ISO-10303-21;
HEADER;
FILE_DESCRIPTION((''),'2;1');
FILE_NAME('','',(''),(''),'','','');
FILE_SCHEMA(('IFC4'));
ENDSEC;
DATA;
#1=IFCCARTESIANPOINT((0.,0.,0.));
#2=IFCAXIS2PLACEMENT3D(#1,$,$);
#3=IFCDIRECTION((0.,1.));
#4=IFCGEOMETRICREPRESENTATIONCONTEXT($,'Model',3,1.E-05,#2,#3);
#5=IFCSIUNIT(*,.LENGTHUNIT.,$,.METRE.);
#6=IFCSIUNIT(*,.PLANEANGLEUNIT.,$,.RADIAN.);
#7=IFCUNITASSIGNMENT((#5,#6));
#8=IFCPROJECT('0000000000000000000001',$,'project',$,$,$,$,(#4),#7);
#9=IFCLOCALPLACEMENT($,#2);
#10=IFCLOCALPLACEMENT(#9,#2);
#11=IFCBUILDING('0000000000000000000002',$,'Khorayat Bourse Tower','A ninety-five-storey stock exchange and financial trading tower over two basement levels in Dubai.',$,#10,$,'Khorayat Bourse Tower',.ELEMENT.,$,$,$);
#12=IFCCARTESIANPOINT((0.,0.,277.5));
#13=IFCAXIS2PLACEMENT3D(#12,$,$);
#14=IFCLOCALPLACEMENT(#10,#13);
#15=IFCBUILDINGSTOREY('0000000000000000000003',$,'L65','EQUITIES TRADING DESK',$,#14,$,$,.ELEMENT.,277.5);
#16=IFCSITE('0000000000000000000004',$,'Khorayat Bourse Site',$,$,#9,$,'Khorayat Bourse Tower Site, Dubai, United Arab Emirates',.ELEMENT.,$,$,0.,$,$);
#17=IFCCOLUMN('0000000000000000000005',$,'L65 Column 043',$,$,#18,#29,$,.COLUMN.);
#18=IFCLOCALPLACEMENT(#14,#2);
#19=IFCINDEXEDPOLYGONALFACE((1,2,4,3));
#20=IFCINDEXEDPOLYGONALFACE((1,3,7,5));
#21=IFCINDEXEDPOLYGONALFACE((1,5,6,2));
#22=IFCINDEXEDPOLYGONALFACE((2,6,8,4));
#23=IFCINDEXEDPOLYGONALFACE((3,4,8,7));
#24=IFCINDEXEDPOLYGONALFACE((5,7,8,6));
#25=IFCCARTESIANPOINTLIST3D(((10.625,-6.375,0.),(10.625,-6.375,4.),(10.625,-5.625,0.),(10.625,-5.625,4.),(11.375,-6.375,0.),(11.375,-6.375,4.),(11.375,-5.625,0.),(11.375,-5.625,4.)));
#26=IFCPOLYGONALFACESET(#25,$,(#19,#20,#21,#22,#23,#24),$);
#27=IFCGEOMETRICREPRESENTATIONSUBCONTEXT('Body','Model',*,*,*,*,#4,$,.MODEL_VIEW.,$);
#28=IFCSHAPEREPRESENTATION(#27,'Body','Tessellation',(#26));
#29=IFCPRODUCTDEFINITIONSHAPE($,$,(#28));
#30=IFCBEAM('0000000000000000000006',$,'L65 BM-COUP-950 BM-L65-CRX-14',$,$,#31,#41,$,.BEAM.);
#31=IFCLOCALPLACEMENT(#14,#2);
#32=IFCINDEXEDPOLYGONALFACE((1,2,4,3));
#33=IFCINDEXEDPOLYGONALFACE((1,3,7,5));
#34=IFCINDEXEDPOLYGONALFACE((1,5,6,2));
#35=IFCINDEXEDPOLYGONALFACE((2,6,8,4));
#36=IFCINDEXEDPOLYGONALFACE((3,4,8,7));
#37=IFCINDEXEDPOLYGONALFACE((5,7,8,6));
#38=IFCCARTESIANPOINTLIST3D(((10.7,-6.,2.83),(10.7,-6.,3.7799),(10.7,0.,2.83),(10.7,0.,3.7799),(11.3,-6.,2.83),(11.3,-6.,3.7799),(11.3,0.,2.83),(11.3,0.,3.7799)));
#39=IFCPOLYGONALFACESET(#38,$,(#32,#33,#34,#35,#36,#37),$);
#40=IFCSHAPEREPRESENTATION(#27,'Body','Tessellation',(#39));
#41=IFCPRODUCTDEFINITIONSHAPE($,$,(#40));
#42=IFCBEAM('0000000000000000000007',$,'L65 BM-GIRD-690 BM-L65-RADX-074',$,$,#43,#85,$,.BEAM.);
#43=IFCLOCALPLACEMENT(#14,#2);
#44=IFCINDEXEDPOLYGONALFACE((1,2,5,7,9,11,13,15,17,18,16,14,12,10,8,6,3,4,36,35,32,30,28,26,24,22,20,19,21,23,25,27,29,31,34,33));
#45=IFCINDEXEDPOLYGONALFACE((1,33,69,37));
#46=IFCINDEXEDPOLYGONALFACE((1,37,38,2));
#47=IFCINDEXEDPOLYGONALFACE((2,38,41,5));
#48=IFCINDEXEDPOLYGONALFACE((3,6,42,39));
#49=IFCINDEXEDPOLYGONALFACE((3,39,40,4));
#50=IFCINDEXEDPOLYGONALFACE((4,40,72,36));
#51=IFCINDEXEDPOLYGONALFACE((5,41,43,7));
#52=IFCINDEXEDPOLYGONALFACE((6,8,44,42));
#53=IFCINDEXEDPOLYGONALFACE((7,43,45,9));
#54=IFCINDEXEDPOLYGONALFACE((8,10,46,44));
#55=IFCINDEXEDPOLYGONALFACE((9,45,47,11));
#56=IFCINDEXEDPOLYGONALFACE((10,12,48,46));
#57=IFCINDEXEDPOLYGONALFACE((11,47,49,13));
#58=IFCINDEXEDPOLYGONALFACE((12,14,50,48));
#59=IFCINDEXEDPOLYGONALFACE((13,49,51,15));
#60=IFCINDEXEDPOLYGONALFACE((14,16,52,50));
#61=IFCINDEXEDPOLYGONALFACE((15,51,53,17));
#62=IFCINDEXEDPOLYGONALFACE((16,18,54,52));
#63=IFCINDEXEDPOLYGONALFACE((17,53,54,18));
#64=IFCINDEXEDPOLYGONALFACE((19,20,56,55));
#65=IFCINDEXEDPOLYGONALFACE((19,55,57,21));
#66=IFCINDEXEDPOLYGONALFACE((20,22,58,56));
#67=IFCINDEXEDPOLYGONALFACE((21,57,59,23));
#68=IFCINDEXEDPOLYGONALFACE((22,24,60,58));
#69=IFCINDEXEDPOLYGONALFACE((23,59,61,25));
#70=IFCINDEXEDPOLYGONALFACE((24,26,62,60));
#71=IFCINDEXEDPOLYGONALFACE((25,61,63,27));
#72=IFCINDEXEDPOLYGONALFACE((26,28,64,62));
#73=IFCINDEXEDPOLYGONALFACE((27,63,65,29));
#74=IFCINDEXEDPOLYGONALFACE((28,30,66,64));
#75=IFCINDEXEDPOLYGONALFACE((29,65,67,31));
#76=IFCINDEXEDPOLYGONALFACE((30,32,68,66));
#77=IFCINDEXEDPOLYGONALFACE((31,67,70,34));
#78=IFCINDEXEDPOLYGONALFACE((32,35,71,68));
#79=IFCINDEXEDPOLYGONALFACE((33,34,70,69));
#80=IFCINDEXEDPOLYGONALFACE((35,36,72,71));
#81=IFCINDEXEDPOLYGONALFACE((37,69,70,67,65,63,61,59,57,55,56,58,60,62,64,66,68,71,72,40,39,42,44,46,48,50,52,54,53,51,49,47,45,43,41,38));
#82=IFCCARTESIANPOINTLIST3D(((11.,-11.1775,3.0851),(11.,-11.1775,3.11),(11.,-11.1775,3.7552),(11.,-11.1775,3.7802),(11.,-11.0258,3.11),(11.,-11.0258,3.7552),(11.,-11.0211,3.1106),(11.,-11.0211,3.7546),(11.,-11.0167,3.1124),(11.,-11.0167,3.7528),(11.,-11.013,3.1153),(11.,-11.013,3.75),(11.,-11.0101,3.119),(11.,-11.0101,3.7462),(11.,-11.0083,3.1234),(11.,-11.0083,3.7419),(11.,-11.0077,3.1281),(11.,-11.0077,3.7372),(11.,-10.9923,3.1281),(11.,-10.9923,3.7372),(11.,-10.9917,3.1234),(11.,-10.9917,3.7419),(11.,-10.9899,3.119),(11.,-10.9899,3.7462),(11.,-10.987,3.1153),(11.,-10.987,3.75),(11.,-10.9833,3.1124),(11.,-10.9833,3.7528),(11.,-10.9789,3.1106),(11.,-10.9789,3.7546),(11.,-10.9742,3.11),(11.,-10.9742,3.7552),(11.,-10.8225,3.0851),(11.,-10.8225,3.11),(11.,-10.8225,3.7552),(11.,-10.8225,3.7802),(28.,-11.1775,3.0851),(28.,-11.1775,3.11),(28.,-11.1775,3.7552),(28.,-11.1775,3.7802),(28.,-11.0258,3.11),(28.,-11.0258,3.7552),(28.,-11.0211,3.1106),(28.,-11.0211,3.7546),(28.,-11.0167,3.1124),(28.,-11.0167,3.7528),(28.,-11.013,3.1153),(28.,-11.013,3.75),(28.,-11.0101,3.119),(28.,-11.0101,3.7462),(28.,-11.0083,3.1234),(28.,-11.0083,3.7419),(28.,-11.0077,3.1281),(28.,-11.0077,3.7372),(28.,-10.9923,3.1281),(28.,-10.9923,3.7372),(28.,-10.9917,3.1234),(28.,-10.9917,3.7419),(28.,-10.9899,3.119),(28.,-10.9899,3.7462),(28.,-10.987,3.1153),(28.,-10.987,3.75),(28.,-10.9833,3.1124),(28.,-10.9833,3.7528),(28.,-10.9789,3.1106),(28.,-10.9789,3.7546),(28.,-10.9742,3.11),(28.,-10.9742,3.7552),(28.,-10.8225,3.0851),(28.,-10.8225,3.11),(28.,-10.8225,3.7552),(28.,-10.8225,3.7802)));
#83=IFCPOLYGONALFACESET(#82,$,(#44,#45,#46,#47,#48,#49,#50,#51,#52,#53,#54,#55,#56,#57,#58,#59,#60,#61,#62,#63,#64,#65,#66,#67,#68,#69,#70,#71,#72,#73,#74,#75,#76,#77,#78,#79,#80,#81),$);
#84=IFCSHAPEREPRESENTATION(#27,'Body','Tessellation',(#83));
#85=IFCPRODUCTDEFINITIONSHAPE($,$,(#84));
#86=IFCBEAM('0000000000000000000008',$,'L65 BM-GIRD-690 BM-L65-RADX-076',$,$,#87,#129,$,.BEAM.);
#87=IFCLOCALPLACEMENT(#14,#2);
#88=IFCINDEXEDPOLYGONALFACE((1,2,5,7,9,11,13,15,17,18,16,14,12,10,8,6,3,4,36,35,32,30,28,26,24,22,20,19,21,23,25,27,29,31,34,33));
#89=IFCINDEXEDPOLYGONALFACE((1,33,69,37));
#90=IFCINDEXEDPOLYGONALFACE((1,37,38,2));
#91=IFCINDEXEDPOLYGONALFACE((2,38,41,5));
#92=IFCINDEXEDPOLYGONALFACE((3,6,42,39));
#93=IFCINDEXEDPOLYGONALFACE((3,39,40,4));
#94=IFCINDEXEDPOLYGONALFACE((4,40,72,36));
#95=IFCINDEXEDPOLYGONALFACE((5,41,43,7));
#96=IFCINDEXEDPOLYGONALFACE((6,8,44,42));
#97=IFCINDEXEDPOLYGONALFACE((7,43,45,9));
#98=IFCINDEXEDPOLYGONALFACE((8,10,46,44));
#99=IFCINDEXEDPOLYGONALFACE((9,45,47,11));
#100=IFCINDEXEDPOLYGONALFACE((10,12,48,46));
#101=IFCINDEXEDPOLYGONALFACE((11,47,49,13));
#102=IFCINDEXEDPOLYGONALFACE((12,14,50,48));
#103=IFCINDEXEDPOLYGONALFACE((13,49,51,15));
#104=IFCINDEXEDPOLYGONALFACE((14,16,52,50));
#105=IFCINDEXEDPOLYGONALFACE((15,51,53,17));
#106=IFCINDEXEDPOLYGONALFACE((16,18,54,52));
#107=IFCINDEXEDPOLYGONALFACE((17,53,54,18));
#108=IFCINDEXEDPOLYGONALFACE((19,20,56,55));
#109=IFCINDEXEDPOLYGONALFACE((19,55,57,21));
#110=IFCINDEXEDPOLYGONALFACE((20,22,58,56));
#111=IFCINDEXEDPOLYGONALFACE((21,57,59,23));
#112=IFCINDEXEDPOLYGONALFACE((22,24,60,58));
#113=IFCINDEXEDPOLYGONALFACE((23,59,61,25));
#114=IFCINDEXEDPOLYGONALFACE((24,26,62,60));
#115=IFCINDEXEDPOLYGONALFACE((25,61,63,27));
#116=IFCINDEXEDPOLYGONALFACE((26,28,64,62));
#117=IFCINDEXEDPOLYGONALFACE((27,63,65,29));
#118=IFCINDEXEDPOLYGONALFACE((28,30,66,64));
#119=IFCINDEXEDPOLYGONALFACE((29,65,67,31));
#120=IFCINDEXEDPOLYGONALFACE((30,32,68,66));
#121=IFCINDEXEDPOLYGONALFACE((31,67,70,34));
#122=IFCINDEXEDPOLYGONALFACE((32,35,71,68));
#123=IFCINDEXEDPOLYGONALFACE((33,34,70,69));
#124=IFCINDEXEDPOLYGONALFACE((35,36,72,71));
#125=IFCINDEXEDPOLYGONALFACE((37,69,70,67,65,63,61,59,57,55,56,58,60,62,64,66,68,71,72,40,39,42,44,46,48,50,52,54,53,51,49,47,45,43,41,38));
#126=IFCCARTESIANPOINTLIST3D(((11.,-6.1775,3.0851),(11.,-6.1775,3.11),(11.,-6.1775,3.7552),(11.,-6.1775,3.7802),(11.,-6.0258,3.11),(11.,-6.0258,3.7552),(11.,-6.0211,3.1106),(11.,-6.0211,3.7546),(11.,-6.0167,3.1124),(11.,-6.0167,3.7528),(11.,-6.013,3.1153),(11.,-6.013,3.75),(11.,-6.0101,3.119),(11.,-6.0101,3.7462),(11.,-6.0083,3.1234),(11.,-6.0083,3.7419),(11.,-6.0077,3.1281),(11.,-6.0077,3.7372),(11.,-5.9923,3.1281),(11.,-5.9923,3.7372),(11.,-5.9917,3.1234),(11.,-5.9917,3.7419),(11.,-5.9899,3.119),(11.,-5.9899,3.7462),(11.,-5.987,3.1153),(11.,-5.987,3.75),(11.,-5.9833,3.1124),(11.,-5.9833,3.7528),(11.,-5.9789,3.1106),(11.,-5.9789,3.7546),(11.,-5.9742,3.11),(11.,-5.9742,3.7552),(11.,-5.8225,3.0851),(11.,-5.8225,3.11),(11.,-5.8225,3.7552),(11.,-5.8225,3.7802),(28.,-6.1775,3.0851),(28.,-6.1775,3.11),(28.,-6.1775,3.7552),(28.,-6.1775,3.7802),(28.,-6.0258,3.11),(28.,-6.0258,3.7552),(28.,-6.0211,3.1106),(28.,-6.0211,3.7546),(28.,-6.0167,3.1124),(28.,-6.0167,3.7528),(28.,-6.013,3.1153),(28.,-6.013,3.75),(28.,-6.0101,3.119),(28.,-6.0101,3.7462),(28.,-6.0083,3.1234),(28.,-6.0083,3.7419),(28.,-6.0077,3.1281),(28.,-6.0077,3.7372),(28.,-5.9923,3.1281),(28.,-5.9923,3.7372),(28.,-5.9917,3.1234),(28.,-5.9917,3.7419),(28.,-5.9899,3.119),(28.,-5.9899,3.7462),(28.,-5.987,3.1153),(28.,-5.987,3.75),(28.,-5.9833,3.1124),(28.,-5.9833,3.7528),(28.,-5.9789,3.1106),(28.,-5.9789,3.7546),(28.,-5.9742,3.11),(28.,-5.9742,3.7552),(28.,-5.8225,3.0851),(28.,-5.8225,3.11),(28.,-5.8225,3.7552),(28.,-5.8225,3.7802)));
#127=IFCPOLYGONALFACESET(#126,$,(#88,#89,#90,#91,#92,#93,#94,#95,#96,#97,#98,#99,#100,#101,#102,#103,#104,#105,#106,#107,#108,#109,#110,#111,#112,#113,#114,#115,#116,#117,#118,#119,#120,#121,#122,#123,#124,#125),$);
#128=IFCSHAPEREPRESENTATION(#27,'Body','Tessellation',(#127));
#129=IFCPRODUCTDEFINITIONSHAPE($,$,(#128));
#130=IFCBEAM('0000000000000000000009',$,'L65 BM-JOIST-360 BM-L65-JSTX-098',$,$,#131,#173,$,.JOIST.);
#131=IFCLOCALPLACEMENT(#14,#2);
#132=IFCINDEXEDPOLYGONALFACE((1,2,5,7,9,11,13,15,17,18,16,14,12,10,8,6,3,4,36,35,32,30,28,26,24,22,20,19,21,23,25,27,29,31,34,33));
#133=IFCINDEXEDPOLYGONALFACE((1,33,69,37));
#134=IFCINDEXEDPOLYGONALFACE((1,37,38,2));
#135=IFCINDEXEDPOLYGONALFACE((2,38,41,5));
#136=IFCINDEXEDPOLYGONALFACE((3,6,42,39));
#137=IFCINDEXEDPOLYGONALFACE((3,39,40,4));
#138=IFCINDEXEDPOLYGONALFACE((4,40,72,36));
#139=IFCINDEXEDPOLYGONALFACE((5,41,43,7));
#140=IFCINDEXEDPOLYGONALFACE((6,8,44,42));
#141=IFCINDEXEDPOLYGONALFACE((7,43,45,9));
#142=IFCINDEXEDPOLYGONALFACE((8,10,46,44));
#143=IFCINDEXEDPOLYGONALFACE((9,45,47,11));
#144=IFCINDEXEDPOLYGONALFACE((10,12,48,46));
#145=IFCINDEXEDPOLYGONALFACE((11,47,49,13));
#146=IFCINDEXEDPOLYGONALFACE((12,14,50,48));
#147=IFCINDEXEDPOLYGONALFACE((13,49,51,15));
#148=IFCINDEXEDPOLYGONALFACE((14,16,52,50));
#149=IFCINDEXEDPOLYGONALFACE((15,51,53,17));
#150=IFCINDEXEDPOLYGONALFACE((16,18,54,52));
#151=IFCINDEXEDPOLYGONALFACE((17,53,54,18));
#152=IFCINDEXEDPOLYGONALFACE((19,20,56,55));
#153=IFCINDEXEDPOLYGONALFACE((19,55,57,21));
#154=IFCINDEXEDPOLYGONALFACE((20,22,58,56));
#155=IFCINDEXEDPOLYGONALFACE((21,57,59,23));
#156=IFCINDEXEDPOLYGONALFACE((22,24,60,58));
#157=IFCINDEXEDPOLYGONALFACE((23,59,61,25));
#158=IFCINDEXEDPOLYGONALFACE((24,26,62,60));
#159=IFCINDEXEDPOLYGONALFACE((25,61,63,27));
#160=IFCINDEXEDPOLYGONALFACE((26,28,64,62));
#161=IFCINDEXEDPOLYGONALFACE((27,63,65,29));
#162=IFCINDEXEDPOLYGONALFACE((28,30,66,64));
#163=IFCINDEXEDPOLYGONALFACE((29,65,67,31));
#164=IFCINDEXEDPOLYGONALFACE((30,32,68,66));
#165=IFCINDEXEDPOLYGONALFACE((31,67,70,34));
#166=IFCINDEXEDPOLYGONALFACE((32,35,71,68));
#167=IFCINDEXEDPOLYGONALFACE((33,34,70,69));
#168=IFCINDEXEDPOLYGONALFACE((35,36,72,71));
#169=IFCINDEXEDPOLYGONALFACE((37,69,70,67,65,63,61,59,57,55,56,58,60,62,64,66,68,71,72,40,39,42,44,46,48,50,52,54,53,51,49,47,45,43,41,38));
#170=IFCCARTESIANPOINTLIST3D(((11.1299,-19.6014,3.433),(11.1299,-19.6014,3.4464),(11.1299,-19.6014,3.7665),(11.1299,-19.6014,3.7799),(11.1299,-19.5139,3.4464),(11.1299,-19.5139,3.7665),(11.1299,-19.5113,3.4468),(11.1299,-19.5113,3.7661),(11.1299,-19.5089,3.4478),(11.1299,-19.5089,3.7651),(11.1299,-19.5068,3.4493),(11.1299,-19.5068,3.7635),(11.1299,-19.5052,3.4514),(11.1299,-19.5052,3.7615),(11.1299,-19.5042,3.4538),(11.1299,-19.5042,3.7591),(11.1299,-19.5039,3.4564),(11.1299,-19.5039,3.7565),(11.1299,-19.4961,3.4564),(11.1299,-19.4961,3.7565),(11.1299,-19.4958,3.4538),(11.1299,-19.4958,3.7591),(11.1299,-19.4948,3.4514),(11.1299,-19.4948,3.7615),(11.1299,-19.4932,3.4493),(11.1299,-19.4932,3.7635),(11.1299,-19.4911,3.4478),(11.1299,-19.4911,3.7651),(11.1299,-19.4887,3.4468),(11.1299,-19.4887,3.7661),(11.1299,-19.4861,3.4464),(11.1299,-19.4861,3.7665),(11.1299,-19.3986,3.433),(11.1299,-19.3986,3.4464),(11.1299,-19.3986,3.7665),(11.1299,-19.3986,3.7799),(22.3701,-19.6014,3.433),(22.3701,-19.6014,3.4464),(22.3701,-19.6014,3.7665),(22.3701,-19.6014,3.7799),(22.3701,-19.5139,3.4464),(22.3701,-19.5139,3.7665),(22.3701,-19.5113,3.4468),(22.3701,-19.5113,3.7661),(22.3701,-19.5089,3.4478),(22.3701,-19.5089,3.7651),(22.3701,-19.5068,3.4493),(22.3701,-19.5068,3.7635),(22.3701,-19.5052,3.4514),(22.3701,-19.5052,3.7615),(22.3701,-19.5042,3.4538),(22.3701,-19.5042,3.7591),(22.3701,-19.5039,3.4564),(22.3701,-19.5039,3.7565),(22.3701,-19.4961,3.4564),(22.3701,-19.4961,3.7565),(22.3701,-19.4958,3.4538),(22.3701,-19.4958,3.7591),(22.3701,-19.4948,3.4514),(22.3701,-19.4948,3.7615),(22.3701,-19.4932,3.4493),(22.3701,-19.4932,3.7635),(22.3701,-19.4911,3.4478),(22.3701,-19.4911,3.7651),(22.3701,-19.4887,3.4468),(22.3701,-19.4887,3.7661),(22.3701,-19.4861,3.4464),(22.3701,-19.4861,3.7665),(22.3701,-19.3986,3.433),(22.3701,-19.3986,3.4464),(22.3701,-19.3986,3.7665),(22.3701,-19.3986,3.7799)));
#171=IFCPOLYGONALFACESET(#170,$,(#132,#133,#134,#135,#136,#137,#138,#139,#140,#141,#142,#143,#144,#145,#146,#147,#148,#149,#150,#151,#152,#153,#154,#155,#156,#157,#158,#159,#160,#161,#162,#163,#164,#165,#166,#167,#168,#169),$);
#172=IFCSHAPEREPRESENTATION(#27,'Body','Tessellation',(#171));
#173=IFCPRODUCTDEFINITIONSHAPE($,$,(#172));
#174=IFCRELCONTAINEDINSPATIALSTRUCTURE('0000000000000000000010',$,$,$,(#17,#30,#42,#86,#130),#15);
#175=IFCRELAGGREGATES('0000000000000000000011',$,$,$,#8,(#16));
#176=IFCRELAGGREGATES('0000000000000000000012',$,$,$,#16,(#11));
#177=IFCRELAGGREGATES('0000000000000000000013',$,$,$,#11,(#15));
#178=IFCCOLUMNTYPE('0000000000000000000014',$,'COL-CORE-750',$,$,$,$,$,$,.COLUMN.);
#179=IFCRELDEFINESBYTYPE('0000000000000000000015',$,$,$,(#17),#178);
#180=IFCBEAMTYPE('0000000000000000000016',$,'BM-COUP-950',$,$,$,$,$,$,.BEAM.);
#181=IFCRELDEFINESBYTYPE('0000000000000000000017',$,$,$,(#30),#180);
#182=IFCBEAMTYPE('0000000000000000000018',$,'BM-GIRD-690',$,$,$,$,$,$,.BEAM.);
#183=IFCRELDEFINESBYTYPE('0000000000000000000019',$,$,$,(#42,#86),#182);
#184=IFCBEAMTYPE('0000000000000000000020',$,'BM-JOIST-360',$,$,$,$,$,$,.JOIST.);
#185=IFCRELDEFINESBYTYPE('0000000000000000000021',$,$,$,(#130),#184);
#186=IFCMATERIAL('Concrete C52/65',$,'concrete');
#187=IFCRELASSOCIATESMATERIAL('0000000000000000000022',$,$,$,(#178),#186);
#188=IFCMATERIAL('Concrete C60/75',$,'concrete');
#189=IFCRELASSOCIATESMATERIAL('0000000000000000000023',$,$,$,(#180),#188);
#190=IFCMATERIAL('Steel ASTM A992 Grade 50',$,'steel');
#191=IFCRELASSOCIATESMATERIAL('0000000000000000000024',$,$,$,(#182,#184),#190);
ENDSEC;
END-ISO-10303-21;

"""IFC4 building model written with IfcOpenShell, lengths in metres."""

from ifc_helpers import new_model, si_unit, direction, frame, origin, origin_2d, place, context, subcontext, project, spatial, rectangle, i_section, extrude, source, transform, mapped, material, material_profile, profile_set, type_object, element, save


model = new_model("IFC4")

# Units and contexts
model_context = context("Model", 3, precision=1e-05, world=origin(), true_north=direction((0.0, 1.0)))
body_context = subcontext(model_context, "Body", "Model", "MODEL_VIEW")
ifc_project = project(units=[si_unit("LENGTHUNIT", "METRE"), si_unit("PLANEANGLEUNIT", "RADIAN")], contexts=[model_context])

# Site, building, storey
site_placement = place(None, origin())
site = spatial("IfcSite", under=ifc_project, at=site_placement, Name="Khorayat Bourse Site", LongName="Khorayat Bourse Tower Site, Dubai, United Arab Emirates", CompositionType="ELEMENT", RefElevation=0.0)
building_placement = place(site_placement, origin())
building = spatial("IfcBuilding", under=site, at=building_placement, Name="Khorayat Bourse Tower", Description="A ninety-five-storey stock exchange and financial trading tower over two basement levels in Dubai.", LongName="Khorayat Bourse Tower", CompositionType="ELEMENT")
storey_placement = place(building_placement, frame((0.0, 0.0, 277.5)))
storey = spatial("IfcBuildingStorey", under=building, at=storey_placement, Name="L65", Description="EQUITIES TRADING DESK", CompositionType="ELEMENT", Elevation=277.5)

# Column
ifc_material_1 = material(Name="Concrete C52/65", Category="concrete")
ifc_material_profile_1 = material_profile(ifc_material_1, rectangle(XDim=0.75, YDim=0.75, at=origin_2d()), Name="RC 750x750")
ifc_profile_set_1 = profile_set([ifc_material_profile_1], Name="Concrete C52/65")
column_type = type_object("IfcColumnType", Name="COL-CORE-750", PredefinedType="COLUMN", material=ifc_profile_set_1)
shared_shape_1 = source(origin(), body_context, "Body", "SweptSolid", [
    extrude(rectangle(XDim=0.75, YDim=0.75, at=origin_2d()), origin(), (0.0, 0.0, 1.0), 4.0),
])
column_placement = place(storey_placement, frame((11.0, -6.0, 0.0), z_axis=(0.0, 0.0, 1.0), x_axis=(1.0, 0.0, 0.0)))
element("IfcColumn", 1, at=column_placement, inside=storey, type_object=column_type, Name="L65 Column 043", PredefinedType="COLUMN", context=body_context, shape_type="MappedRepresentation", body=[
    mapped(shared_shape_1, transform((0.0, 0.0, 0.0), scale=1.0)),
])

# Beams
ifc_material_2 = material(Name="Concrete C60/75", Category="concrete")
ifc_material_profile_2 = material_profile(ifc_material_2, rectangle(XDim=0.6001, YDim=0.95, at=origin_2d()), Name="RC 600x950")
ifc_profile_set_2 = profile_set([ifc_material_profile_2], Name="Concrete C60/75")
beam_type_1 = type_object("IfcBeamType", Name="BM-COUP-950", PredefinedType="BEAM", material=ifc_profile_set_2)
shared_shape_2 = source(origin(), body_context, "Body", "SweptSolid", [
    extrude(rectangle(XDim=0.6001, YDim=0.95, at=origin_2d()), origin(), (0.0, 0.0, 1.0), 6.0),
])
beam_1_placement = place(storey_placement, frame((11.0, -6.0, 3.3049), z_axis=(0.0, 1.0, 0.0), x_axis=(-1.0, 0.0, 0.0)))
element("IfcBeam", 2, at=beam_1_placement, inside=storey, type_object=beam_type_1, Name="L65 BM-COUP-950 BM-L65-CRX-14", PredefinedType="BEAM", context=body_context, shape_type="MappedRepresentation", body=[
    mapped(shared_shape_2, transform((0.0, 0.0, 0.0), scale=1.0)),
])
ifc_material_3 = material(Name="Steel ASTM A992 Grade 50", Category="steel")
ifc_material_profile_3 = material_profile(ifc_material_3, i_section(OverallWidth=0.355, OverallDepth=0.6951, WebThickness=0.0154, FlangeThickness=0.0249, FilletRadius=0.0181, at=origin_2d()), Name="W690X217")
ifc_profile_set_3 = profile_set([ifc_material_profile_3], Name="Steel ASTM A992 Grade 50")
beam_type_2 = type_object("IfcBeamType", Name="BM-GIRD-690", PredefinedType="BEAM", material=ifc_profile_set_3)
shared_shape_3 = source(origin(), body_context, "Body", "SweptSolid", [
    extrude(i_section(OverallWidth=0.355, OverallDepth=0.6951, WebThickness=0.0154, FlangeThickness=0.0249, FilletRadius=0.0181, at=origin_2d()), origin(), (0.0, 0.0, 1.0), 17.0),
])
for number, where, z_axis, x_axis, name in (
    (3, (11.0, -11.0, 3.4326), (1.0, 0.0, 0.0), (0.0, 1.0, 0.0), "L65 BM-GIRD-690 BM-L65-RADX-074"),
    (4, (11.0, -6.0, 3.4326), (1.0, 0.0, 0.0), (0.0, 1.0, 0.0), "L65 BM-GIRD-690 BM-L65-RADX-076"),
):
    element("IfcBeam", number, at=place(storey_placement, frame(where, z_axis=z_axis, x_axis=x_axis)), inside=storey, type_object=beam_type_2, Name=name, PredefinedType="BEAM", context=body_context, shape_type="MappedRepresentation", body=[
        mapped(shared_shape_3, transform((0.0, 0.0, 0.0), scale=1.0)),
    ])
ifc_material_profile_4 = material_profile(ifc_material_3, i_section(OverallWidth=0.2029, OverallDepth=0.3469, WebThickness=0.0078, FlangeThickness=0.0134, FilletRadius=0.01, at=origin_2d()), Name="W360X64")
ifc_profile_set_4 = profile_set([ifc_material_profile_4], Name="Steel ASTM A992 Grade 50")
beam_type_3 = type_object("IfcBeamType", Name="BM-JOIST-360", PredefinedType="JOIST", material=ifc_profile_set_4)
shared_shape_4 = source(origin(), body_context, "Body", "SweptSolid", [
    extrude(i_section(OverallWidth=0.2029, OverallDepth=0.3469, WebThickness=0.0078, FlangeThickness=0.0134, FilletRadius=0.01, at=origin_2d()), origin(), (0.0, 0.0, 1.0), 11.2402),
])
beam_2_placement = place(storey_placement, frame((11.1299, -19.5, 3.6064), z_axis=(1.0, 0.0, 0.0), x_axis=(0.0, 1.0, 0.0)))
element("IfcBeam", 5, at=beam_2_placement, inside=storey, type_object=beam_type_3, Name="L65 BM-JOIST-360 BM-L65-JSTX-098", PredefinedType="JOIST", context=body_context, shape_type="MappedRepresentation", body=[
    mapped(shared_shape_4, transform((0.0, 0.0, 0.0), scale=1.0)),
])

save(model, "model.ifc")
